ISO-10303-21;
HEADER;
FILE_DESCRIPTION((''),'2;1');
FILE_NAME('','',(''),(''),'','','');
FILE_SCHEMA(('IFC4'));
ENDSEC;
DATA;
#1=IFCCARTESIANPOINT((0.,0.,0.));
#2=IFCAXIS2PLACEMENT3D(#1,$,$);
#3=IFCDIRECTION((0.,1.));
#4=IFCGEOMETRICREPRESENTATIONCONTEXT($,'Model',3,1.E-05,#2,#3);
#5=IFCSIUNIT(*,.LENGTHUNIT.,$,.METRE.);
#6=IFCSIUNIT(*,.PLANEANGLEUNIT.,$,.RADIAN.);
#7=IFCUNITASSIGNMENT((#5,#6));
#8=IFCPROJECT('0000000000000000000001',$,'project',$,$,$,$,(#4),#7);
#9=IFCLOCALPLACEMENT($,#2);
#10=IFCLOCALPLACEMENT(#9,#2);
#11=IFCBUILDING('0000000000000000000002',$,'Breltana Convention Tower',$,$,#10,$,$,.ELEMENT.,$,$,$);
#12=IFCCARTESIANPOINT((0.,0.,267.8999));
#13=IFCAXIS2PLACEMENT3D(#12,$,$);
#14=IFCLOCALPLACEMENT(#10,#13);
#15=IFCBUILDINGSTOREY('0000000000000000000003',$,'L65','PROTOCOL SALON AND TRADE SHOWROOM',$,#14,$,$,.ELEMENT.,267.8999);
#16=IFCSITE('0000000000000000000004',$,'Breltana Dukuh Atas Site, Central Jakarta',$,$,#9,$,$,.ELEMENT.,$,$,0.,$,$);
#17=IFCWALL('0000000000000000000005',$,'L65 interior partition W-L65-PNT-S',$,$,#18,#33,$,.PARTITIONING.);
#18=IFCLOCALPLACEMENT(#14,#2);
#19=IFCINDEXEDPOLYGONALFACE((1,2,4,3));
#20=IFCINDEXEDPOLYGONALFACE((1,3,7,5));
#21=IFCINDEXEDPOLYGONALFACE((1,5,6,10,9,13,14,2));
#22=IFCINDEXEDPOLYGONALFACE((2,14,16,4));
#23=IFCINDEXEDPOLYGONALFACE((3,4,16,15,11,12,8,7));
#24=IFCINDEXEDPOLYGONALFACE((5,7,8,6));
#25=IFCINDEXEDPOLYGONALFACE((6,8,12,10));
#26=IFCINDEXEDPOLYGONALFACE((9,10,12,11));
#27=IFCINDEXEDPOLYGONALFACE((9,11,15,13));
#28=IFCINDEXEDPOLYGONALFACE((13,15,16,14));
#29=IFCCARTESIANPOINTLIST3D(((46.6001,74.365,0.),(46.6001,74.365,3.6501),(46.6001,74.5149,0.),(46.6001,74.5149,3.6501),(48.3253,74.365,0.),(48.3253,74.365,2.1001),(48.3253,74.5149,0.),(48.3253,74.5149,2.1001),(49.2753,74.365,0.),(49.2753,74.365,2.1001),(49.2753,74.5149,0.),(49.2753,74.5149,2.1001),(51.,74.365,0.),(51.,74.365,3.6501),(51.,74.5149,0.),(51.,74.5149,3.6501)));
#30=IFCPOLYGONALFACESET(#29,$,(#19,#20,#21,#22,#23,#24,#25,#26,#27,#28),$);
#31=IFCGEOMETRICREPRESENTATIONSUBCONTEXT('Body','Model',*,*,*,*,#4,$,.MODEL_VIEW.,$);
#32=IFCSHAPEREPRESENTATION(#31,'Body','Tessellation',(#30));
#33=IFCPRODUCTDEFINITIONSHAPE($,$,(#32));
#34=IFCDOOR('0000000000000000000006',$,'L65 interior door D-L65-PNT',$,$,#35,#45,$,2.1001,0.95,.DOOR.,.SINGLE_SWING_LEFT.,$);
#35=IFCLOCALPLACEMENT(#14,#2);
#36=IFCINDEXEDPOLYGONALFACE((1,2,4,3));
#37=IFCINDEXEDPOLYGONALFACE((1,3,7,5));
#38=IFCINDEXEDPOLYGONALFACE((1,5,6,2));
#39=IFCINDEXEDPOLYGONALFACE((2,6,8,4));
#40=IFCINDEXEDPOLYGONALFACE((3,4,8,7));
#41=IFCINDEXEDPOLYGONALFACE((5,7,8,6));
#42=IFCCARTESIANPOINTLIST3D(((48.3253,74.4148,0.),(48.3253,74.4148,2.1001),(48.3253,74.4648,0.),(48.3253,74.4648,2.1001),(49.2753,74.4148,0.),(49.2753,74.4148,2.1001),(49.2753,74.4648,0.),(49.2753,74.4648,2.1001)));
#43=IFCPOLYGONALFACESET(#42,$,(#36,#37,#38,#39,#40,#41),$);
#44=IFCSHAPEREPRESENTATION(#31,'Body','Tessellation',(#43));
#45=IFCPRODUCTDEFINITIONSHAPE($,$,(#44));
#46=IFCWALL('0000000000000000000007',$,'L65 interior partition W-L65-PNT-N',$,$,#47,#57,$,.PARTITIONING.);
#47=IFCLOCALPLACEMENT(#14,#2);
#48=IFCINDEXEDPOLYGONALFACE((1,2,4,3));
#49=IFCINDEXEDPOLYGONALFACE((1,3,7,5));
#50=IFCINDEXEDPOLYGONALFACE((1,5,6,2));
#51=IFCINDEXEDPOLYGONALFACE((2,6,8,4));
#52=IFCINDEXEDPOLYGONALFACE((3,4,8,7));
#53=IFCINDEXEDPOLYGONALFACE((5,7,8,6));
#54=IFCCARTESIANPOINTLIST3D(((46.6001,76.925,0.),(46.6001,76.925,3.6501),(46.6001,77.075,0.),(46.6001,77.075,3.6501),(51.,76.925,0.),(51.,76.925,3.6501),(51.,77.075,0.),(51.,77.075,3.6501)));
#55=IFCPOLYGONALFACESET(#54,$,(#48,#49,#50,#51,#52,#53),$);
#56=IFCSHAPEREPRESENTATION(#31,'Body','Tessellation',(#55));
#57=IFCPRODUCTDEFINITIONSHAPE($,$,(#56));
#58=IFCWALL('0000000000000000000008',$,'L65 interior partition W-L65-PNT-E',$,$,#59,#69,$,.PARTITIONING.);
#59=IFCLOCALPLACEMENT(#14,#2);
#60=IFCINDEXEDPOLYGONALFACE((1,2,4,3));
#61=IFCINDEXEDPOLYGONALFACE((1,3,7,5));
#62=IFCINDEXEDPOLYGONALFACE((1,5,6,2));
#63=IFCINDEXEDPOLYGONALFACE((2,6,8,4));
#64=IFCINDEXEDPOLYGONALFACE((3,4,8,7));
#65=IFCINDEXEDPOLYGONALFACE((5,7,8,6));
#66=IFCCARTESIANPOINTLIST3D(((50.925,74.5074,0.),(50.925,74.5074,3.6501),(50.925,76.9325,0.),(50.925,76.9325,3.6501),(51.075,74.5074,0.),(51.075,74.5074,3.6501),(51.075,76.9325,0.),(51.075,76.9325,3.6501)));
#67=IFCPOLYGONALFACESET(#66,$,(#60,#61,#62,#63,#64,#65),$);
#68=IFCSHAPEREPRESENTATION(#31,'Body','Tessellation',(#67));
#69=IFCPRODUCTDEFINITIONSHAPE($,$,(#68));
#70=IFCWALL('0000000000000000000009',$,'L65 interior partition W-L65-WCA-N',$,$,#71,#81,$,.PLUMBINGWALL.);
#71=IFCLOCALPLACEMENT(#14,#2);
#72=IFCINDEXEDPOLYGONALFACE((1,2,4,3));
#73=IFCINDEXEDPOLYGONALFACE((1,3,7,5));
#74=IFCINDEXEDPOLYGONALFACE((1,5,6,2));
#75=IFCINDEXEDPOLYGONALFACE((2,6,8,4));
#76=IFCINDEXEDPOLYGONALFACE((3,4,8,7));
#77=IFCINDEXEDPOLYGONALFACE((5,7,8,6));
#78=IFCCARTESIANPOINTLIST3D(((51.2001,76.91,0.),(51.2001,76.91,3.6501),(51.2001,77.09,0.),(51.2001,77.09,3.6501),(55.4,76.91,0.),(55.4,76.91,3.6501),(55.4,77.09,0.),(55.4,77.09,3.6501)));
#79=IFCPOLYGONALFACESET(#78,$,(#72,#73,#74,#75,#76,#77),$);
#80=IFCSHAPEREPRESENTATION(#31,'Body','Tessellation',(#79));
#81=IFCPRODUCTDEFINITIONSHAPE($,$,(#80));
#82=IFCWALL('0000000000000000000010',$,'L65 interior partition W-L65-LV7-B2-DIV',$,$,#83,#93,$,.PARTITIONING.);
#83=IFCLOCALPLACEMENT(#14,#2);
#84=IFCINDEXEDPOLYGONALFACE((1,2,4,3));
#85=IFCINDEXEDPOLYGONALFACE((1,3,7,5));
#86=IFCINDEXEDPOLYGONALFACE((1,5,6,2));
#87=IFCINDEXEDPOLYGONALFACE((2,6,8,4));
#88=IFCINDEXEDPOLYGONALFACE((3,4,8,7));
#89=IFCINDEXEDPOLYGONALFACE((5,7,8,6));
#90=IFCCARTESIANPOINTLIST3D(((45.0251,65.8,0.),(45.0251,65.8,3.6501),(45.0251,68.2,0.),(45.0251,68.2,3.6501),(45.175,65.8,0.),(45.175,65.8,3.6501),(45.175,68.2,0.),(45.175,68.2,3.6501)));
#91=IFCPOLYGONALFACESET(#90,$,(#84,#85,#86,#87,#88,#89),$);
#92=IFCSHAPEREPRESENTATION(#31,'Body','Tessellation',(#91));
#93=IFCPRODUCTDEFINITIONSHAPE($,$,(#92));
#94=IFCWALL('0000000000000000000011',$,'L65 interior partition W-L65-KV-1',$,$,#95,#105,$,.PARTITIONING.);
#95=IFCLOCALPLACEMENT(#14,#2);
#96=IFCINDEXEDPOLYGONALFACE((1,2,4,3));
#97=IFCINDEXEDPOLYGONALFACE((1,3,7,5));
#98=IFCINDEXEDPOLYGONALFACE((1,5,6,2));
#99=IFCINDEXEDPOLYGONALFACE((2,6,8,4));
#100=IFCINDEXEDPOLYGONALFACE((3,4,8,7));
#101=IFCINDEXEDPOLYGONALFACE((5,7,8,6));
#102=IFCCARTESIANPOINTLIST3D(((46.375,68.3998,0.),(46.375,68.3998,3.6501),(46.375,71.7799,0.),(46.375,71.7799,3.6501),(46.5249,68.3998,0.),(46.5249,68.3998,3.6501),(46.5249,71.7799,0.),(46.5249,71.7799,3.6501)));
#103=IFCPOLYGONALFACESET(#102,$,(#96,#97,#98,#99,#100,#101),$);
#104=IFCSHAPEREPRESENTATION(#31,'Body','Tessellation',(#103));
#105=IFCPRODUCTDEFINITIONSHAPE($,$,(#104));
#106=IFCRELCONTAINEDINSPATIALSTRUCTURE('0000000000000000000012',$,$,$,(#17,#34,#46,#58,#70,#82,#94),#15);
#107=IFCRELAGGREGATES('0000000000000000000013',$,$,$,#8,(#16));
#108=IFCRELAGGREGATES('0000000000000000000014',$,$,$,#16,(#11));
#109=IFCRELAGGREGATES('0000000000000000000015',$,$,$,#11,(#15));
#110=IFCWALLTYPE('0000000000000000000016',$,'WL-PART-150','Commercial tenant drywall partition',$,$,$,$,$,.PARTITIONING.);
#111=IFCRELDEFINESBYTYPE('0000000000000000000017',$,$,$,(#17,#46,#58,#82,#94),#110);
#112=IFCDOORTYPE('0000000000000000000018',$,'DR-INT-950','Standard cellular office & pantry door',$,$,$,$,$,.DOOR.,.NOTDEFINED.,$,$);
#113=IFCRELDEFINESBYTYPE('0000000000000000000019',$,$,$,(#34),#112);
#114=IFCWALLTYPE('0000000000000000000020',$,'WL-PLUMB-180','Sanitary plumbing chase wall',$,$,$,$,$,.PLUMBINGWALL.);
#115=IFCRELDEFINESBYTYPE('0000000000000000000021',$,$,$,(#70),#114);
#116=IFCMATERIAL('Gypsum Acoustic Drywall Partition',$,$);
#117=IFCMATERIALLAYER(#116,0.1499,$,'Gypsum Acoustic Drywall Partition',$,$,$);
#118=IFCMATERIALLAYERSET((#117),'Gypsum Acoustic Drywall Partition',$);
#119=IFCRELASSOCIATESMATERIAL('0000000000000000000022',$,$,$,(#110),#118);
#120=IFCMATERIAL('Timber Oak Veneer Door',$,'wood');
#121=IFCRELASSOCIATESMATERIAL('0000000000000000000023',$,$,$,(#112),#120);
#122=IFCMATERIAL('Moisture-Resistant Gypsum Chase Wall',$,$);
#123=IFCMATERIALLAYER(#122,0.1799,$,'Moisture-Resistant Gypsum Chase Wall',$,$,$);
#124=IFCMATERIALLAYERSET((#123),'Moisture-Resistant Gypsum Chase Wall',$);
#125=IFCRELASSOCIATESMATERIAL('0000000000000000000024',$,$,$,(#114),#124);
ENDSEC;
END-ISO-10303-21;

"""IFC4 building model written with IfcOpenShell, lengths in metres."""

from ifc_helpers import new_model, si_unit, direction, frame, frame_2d, origin, place, context, subcontext, project, spatial, rectangle, extrude, source, transform, mapped, material, layer, layer_set, type_object, type_shapes, element, fill, save


model = new_model("IFC4")

# Units and contexts
model_context = context("Model", 3, precision=1e-05, world=origin(), true_north=direction((0.0, 1.0)))
body_context = subcontext(model_context, "Body", "Model", "MODEL_VIEW")
ifc_project = project(units=[si_unit("LENGTHUNIT", "METRE"), si_unit("PLANEANGLEUNIT", "RADIAN")], contexts=[model_context])

# Site, building, storey
site_placement = place(None, origin())
site = spatial("IfcSite", under=ifc_project, at=site_placement, Name="Breltana Dukuh Atas Site, Central Jakarta", CompositionType="ELEMENT", RefElevation=0.0)
building_placement = place(site_placement, origin())
building = spatial("IfcBuilding", under=site, at=building_placement, Name="Breltana Convention Tower", CompositionType="ELEMENT")
storey_placement = place(building_placement, frame((0.0, 0.0, 267.8999)))
storey = spatial("IfcBuildingStorey", under=building, at=storey_placement, Name="L65", Description="PROTOCOL SALON AND TRADE SHOWROOM", CompositionType="ELEMENT", Elevation=267.8999)

# Wall, opening, door
ifc_material_1 = material(Name="Gypsum Acoustic Drywall Partition")
ifc_layer_1 = layer(ifc_material_1, 0.1499, Name="Gypsum Acoustic Drywall Partition")
ifc_layer_set_1 = layer_set([ifc_layer_1], Name="Gypsum Acoustic Drywall Partition")
wall_type_1 = type_object("IfcWallType", Name="WL-PART-150", Description="Commercial tenant drywall partition", PredefinedType="PARTITIONING", material=ifc_layer_set_1)
shared_shape_1 = source(origin(), body_context, "Body", "SweptSolid", [
    extrude(rectangle(XDim=4.3999, YDim=0.1499, at=frame_2d((2.2, 0.0))), origin(), (0.0, 0.0, 1.0), 3.6501),
])
wall_1_placement = place(storey_placement, frame((46.6001, 74.4399, 0.0), z_axis=(0.0, 0.0, 1.0), x_axis=(1.0, 0.0, 0.0)))
wall_1 = element("IfcWall", 1, at=wall_1_placement, inside=storey, type_object=wall_type_1, Name="L65 interior partition W-L65-PNT-S", PredefinedType="PARTITIONING", context=body_context, shape_type="MappedRepresentation", body=[
    mapped(shared_shape_1, transform((0.0, 0.0, 0.0), scale=1.0)),
])
opening_1_placement = place(wall_1_placement, frame((1.7251, 0.0, 0.0)))
opening_1 = element("IfcOpeningElement", 2, at=opening_1_placement, cuts=wall_1, PredefinedType="OPENING", context=body_context, shape_type="SweptSolid", body=[
    extrude(rectangle(XDim=0.95, YDim=2.1001, at=frame_2d((0.4751, 1.05))), frame((0.0, 0.085, 0.0), z_axis=(0.0, -1.0, 0.0), x_axis=(1.0, 0.0, 0.0)), (0.0, 0.0, 1.0), 0.1699),
])
ifc_material_2 = material(Name="Timber Oak Veneer Door", Category="wood")
door_type_1 = type_object("IfcDoorType", Name="DR-INT-950", Description="Standard cellular office & pantry door", OperationType="NOTDEFINED", PredefinedType="DOOR", material=ifc_material_2)
shared_shape_2 = source(origin(), body_context, "Body", "SweptSolid", [
    extrude(rectangle(XDim=0.95, YDim=2.1001, at=frame_2d((0.4751, 1.05))), frame((0.0, 0.0249, 0.0), z_axis=(0.0, -1.0, 0.0), x_axis=(1.0, 0.0, 0.0)), (0.0, 0.0, 1.0), 0.05),
])
type_shapes(door_type_1, [shared_shape_2])
door_1_placement = place(opening_1_placement, origin())
door_1 = element("IfcDoor", 3, at=door_1_placement, inside=storey, type_object=door_type_1, Name="L65 interior door D-L65-PNT", OperationType="SINGLE_SWING_LEFT", OverallHeight=2.1001, OverallWidth=0.95, PredefinedType="DOOR", context=body_context, shape_type="MappedRepresentation", body=[
    mapped(shared_shape_2, transform((0.0, 0.0, 0.0), scale=1.0)),
])
fill(opening_1, door_1)

# Walls
wall_2_placement = place(storey_placement, frame((46.6001, 77.0, 0.0), z_axis=(0.0, 0.0, 1.0), x_axis=(1.0, 0.0, 0.0)))
element("IfcWall", 4, at=wall_2_placement, inside=storey, type_object=wall_type_1, Name="L65 interior partition W-L65-PNT-N", PredefinedType="PARTITIONING", context=body_context, shape_type="MappedRepresentation", body=[
    mapped(shared_shape_1, transform((0.0, 0.0, 0.0), scale=1.0)),
])
shared_shape_3 = source(origin(), body_context, "Body", "SweptSolid", [
    extrude(rectangle(XDim=2.425, YDim=0.1499, at=frame_2d((1.2124, 0.0))), origin(), (0.0, 0.0, 1.0), 3.6501),
])
wall_3_placement = place(storey_placement, frame((51.0, 74.5076, 0.0), z_axis=(0.0, 0.0, 1.0), x_axis=(0.0, 1.0, 0.0)))
element("IfcWall", 5, at=wall_3_placement, inside=storey, type_object=wall_type_1, Name="L65 interior partition W-L65-PNT-E", PredefinedType="PARTITIONING", context=body_context, shape_type="MappedRepresentation", body=[
    mapped(shared_shape_3, transform((0.0, 0.0, 0.0), scale=1.0)),
])

# Walls
ifc_material_3 = material(Name="Moisture-Resistant Gypsum Chase Wall")
ifc_layer_2 = layer(ifc_material_3, 0.1799, Name="Moisture-Resistant Gypsum Chase Wall")
ifc_layer_set_2 = layer_set([ifc_layer_2], Name="Moisture-Resistant Gypsum Chase Wall")
wall_type_2 = type_object("IfcWallType", Name="WL-PLUMB-180", Description="Sanitary plumbing chase wall", PredefinedType="PLUMBINGWALL", material=ifc_layer_set_2)
shared_shape_4 = source(origin(), body_context, "Body", "SweptSolid", [
    extrude(rectangle(XDim=4.2, YDim=0.1799, at=frame_2d((2.1001, 0.0))), origin(), (0.0, 0.0, 1.0), 3.6501),
])
wall_4_placement = place(storey_placement, frame((51.2, 77.0, 0.0), z_axis=(0.0, 0.0, 1.0), x_axis=(1.0, 0.0, 0.0)))
element("IfcWall", 6, at=wall_4_placement, inside=storey, type_object=wall_type_2, Name="L65 interior partition W-L65-WCA-N", PredefinedType="PLUMBINGWALL", context=body_context, shape_type="MappedRepresentation", body=[
    mapped(shared_shape_4, transform((0.0, 0.0, 0.0), scale=1.0)),
])
shared_shape_5 = source(origin(), body_context, "Body", "SweptSolid", [
    extrude(rectangle(XDim=2.3999, YDim=0.1499, at=frame_2d((1.2, 0.0))), origin(), (0.0, 0.0, 1.0), 3.6501),
])
wall_5_placement = place(storey_placement, frame((45.1001, 65.8, 0.0), z_axis=(0.0, 0.0, 1.0), x_axis=(0.0, 1.0, 0.0)))
element("IfcWall", 7, at=wall_5_placement, inside=storey, type_object=wall_type_1, Name="L65 interior partition W-L65-LV7-B2-DIV", PredefinedType="PARTITIONING", context=body_context, shape_type="MappedRepresentation", body=[
    mapped(shared_shape_5, transform((0.0, 0.0, 0.0), scale=1.0)),
])
shared_shape_6 = source(origin(), body_context, "Body", "SweptSolid", [
    extrude(rectangle(XDim=3.3801, YDim=0.1499, at=frame_2d((1.6899, 0.0))), origin(), (0.0, 0.0, 1.0), 3.6501),
])
wall_6_placement = place(storey_placement, frame((46.45, 68.3999, 0.0), z_axis=(0.0, 0.0, 1.0), x_axis=(0.0, 1.0, 0.0)))
element("IfcWall", 8, at=wall_6_placement, inside=storey, type_object=wall_type_1, Name="L65 interior partition W-L65-KV-1", PredefinedType="PARTITIONING", context=body_context, shape_type="MappedRepresentation", body=[
    mapped(shared_shape_6, transform((0.0, 0.0, 0.0), scale=1.0)),
])

save(model, "model.ifc")
